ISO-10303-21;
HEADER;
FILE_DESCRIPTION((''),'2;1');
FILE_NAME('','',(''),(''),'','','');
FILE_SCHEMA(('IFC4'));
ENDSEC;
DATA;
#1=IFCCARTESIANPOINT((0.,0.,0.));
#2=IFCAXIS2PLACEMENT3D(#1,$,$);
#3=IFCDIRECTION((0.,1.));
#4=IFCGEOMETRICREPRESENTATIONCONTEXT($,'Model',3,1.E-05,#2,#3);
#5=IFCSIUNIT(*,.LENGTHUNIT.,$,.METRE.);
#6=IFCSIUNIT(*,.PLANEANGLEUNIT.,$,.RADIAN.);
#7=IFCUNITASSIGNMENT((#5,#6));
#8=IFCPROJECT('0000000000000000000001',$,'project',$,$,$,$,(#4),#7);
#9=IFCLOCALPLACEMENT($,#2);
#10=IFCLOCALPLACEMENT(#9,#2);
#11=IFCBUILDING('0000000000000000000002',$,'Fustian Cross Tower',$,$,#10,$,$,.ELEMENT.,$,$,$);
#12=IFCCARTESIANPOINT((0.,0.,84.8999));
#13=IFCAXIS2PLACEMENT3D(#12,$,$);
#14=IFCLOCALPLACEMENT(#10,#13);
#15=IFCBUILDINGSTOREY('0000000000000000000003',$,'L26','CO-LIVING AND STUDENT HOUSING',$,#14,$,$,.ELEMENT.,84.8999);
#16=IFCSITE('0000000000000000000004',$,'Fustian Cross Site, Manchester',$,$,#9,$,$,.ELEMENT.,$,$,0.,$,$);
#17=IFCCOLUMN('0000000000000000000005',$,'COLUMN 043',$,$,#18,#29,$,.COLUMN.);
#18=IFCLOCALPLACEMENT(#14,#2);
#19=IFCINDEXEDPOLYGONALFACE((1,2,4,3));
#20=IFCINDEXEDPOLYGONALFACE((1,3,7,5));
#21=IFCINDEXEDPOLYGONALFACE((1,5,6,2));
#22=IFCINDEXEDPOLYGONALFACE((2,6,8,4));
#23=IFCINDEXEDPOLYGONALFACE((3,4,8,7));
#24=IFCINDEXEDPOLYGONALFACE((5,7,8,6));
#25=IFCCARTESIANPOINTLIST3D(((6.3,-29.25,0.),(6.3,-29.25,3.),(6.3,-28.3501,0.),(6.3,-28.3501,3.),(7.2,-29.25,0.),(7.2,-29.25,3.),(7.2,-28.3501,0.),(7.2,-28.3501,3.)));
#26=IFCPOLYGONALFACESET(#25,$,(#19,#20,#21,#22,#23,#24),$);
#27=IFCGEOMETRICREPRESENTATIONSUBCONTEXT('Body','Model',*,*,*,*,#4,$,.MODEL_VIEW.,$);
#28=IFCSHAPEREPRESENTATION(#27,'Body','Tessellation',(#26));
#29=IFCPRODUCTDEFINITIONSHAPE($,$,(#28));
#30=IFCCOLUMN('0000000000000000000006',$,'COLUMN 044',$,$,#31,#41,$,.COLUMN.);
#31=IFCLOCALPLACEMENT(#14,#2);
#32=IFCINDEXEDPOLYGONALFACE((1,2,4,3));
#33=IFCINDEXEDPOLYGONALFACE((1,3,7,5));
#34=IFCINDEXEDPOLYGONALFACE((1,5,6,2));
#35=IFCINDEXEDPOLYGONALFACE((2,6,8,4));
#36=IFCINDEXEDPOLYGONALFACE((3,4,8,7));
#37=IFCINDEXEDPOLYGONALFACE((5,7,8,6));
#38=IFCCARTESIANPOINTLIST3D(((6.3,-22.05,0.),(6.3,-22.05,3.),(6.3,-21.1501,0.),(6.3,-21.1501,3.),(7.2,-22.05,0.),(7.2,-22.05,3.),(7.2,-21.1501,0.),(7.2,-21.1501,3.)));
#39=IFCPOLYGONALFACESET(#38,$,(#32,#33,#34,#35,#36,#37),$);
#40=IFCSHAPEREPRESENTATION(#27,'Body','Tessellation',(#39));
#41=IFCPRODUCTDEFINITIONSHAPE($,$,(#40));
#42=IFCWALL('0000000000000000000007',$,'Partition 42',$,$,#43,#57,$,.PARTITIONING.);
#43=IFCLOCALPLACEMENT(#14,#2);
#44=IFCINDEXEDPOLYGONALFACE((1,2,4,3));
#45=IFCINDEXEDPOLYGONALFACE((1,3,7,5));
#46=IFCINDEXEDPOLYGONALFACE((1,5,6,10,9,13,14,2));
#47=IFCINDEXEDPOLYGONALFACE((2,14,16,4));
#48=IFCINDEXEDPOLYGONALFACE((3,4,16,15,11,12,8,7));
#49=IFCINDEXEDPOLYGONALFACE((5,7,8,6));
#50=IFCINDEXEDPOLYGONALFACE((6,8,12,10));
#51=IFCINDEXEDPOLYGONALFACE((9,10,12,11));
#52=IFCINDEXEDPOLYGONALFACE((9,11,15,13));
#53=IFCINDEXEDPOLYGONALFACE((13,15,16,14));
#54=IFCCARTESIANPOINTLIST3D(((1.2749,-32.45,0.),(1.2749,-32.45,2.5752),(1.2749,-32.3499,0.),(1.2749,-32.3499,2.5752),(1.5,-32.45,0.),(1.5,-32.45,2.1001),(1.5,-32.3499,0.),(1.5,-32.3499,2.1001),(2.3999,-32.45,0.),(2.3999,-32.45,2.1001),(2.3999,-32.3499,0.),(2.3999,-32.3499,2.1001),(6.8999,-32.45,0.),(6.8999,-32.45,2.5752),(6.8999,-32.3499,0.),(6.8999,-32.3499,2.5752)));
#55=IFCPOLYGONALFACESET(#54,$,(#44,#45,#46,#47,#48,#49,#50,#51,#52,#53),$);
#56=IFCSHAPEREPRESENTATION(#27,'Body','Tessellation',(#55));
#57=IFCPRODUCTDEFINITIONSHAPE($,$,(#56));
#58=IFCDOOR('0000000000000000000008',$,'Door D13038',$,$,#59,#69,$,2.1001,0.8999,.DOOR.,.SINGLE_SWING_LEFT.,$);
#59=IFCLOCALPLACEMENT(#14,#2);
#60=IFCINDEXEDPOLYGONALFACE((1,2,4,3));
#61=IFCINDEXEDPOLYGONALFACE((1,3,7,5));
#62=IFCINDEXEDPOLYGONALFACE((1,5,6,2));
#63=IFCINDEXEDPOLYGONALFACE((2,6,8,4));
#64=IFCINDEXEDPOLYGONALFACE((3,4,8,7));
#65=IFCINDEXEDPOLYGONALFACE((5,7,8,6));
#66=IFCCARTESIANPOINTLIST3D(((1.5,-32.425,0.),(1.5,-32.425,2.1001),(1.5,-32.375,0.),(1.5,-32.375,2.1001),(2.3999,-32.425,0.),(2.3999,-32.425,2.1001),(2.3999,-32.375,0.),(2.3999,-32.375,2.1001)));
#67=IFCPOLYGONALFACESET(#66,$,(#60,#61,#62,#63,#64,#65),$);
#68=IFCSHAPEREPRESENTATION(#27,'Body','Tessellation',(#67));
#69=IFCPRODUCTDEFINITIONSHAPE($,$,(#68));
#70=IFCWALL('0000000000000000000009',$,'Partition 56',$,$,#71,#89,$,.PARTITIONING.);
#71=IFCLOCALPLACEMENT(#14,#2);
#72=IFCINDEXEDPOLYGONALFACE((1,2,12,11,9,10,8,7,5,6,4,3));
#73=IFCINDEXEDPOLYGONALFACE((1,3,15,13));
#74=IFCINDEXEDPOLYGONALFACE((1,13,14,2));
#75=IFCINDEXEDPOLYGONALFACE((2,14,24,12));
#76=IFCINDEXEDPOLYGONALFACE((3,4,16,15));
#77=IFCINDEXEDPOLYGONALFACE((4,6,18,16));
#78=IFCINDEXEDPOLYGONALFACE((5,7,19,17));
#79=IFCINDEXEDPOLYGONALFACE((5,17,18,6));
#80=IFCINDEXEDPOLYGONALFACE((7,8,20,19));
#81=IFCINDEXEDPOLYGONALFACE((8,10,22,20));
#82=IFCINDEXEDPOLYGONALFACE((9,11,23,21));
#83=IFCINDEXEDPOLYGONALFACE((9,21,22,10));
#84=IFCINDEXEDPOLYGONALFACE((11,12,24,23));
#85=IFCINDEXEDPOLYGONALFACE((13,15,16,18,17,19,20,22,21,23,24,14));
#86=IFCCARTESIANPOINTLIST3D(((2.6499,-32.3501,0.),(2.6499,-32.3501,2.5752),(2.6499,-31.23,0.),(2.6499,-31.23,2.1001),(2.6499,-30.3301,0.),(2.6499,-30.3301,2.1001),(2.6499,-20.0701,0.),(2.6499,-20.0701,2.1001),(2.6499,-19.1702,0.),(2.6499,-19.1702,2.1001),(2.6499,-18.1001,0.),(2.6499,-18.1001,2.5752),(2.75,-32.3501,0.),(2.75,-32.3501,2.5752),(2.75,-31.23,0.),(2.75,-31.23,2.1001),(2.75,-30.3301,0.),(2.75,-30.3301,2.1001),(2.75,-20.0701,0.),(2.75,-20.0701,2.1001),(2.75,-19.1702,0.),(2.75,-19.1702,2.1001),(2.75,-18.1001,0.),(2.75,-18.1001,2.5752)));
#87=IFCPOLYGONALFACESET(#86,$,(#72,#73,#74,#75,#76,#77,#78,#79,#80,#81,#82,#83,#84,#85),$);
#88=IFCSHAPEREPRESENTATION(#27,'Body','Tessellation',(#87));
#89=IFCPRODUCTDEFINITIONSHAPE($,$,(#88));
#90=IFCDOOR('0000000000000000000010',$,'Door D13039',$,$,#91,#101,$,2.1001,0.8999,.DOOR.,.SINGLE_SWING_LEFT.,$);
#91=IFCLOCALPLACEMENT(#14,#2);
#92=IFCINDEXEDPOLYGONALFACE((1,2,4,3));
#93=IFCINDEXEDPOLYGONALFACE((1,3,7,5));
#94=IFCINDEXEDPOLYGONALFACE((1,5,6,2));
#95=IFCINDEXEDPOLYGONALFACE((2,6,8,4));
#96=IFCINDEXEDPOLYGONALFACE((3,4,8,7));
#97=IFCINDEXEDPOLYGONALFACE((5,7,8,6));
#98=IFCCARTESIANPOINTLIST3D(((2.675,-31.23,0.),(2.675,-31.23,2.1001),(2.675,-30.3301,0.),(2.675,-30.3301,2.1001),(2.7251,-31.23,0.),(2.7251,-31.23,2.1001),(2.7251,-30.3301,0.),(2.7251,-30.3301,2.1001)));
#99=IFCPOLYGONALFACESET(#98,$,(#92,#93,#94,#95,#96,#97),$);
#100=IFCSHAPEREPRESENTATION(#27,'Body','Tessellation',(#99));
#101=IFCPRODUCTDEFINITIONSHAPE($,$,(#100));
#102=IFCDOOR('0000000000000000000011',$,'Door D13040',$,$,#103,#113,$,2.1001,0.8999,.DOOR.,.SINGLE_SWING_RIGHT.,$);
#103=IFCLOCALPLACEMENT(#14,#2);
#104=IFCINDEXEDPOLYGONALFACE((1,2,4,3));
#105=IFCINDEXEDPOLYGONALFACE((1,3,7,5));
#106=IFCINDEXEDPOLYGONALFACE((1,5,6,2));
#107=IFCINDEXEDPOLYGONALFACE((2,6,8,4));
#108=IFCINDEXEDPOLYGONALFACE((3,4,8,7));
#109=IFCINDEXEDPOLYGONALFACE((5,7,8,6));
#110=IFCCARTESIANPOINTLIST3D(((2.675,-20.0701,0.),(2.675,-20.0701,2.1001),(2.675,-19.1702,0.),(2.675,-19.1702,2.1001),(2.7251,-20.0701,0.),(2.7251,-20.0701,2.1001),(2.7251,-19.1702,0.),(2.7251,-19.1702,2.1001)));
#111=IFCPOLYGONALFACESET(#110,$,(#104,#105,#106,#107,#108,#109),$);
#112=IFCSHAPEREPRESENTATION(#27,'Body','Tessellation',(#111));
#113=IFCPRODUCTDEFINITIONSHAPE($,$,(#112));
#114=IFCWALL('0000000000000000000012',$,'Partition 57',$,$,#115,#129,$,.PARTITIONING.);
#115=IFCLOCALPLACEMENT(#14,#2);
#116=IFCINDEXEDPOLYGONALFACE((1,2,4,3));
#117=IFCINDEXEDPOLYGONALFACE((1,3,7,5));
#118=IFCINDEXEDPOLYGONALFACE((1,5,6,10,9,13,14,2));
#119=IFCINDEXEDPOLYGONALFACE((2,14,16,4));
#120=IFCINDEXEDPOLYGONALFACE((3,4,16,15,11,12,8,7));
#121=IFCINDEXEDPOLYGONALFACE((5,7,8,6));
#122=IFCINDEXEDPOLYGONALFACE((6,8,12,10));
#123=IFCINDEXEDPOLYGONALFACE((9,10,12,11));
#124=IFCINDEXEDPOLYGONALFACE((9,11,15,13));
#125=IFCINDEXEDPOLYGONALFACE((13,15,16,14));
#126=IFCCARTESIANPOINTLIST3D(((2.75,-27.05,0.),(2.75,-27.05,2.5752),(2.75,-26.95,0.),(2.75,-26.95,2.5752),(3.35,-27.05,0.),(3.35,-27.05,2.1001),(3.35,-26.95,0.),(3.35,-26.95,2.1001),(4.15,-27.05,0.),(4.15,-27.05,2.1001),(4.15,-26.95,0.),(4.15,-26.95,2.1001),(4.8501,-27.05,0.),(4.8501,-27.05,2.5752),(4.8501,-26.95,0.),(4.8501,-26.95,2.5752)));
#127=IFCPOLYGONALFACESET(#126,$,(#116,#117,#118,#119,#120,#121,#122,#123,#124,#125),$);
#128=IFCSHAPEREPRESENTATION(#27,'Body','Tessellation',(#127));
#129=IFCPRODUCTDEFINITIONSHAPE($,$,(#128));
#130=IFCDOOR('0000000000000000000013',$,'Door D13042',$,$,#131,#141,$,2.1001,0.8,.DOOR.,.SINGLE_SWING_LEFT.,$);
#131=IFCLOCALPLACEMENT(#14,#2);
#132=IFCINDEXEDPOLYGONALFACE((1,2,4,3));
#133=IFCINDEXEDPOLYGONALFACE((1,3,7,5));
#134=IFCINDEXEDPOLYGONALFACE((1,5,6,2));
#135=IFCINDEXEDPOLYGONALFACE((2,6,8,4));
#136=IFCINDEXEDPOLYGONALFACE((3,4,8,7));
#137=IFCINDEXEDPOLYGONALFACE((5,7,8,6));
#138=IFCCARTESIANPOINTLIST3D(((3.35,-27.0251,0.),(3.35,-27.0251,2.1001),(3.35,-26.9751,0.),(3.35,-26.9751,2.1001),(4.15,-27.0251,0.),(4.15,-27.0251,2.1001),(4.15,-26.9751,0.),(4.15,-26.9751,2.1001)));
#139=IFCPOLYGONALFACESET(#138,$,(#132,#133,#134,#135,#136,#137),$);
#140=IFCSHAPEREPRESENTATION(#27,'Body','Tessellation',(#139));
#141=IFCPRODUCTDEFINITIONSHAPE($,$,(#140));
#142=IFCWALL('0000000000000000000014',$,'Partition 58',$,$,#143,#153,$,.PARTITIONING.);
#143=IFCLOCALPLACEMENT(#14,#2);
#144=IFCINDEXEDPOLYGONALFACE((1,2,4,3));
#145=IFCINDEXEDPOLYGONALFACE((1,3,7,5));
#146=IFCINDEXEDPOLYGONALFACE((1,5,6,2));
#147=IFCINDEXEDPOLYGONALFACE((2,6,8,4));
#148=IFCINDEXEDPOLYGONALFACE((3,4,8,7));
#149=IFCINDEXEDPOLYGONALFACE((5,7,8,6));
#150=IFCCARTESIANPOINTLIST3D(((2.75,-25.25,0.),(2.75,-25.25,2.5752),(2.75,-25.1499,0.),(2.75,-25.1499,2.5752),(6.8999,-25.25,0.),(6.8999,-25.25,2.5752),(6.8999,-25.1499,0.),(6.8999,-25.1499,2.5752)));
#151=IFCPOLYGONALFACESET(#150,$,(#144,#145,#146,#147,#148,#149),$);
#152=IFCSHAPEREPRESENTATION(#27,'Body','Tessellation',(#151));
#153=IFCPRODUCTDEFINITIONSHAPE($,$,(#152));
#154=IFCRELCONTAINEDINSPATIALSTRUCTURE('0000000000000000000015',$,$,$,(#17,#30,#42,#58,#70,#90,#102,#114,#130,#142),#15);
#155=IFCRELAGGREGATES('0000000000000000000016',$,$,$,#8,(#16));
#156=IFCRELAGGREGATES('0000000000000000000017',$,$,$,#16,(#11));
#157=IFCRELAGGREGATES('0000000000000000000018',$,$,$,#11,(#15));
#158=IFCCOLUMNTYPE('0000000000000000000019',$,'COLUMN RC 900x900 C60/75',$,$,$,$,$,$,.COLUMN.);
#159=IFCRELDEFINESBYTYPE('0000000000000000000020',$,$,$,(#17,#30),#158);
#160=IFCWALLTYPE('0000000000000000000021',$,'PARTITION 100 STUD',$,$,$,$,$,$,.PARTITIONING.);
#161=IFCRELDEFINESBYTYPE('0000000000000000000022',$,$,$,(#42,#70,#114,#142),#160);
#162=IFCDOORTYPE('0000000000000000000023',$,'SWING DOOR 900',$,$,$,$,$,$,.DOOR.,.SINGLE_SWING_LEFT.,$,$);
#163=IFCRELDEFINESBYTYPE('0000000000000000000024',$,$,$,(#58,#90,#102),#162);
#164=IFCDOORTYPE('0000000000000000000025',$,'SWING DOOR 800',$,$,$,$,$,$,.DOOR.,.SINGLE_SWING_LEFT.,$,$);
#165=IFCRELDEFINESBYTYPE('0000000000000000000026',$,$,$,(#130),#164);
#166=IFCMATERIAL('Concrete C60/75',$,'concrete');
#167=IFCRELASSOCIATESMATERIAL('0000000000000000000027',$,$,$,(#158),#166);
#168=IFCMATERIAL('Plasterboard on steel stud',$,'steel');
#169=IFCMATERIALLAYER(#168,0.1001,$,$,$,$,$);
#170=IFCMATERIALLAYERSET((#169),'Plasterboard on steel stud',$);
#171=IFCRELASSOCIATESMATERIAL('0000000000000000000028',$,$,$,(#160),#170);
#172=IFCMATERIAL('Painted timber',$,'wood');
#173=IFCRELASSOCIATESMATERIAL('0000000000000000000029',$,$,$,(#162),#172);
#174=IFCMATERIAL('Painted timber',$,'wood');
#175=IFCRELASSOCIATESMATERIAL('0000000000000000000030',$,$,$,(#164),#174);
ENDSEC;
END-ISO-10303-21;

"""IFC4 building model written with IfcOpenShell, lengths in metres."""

from ifc_helpers import new_model, si_unit, direction, frame, frame_2d, origin, origin_2d, place, context, subcontext, project, spatial, rectangle, extrude, material, layer, layer_set, material_profile, profile_set, type_object, element, fill, save


model = new_model("IFC4")

# Units and contexts
model_context = context("Model", 3, precision=1e-05, world=origin(), true_north=direction((0.0, 1.0)))
body_context = subcontext(model_context, "Body", "Model", "MODEL_VIEW")
ifc_project = project(units=[si_unit("LENGTHUNIT", "METRE"), si_unit("PLANEANGLEUNIT", "RADIAN")], contexts=[model_context])

# Site, building, storey
site_placement = place(None, origin())
site = spatial("IfcSite", under=ifc_project, at=site_placement, Name="Fustian Cross Site, Manchester", CompositionType="ELEMENT", RefElevation=0.0)
building_placement = place(site_placement, origin())
building = spatial("IfcBuilding", under=site, at=building_placement, Name="Fustian Cross Tower", CompositionType="ELEMENT")
storey_placement = place(building_placement, frame((0.0, 0.0, 84.8999)))
storey = spatial("IfcBuildingStorey", under=building, at=storey_placement, Name="L26", Description="CO-LIVING AND STUDENT HOUSING", CompositionType="ELEMENT", Elevation=84.8999)

# Columns
ifc_material_1 = material(Name="Concrete C60/75", Category="concrete")
ifc_material_profile = material_profile(ifc_material_1, rectangle(XDim=0.8999, YDim=0.8999, at=origin_2d()), Name="RC 900x900")
ifc_profile_set = profile_set([ifc_material_profile], Name="Concrete C60/75")
column_type = type_object("IfcColumnType", Name="COLUMN RC 900x900 C60/75", PredefinedType="COLUMN", material=ifc_profile_set)
for number, where, z_axis, x_axis, name in (
    (1, (6.75, -28.8, 0.0), (0.0, 0.0, 1.0), (1.0, 0.0, 0.0), "COLUMN 043"),
    (2, (6.75, -21.6001, 0.0), (0.0, 0.0, 1.0), (1.0, 0.0, 0.0), "COLUMN 044"),
):
    element("IfcColumn", number, at=place(storey_placement, frame(where, z_axis=z_axis, x_axis=x_axis)), inside=storey, type_object=column_type, Name=name, PredefinedType="COLUMN", context=body_context, shape_type="SweptSolid", body=[
        extrude(rectangle(XDim=0.8999, YDim=0.8999, at=origin_2d()), origin(), (0.0, 0.0, 1.0), 3.0),
    ])

# Wall, opening, door
ifc_material_2 = material(Name="Plasterboard on steel stud", Category="steel")
ifc_layer = layer(ifc_material_2, 0.1001)
ifc_layer_set = layer_set([ifc_layer], Name="Plasterboard on steel stud")
wall_type = type_object("IfcWallType", Name="PARTITION 100 STUD", PredefinedType="PARTITIONING", material=ifc_layer_set)
wall_1_placement = place(storey_placement, frame((1.2749, -32.3999, 0.0), z_axis=(0.0, 0.0, 1.0), x_axis=(1.0, 0.0, 0.0)))
wall_1 = element("IfcWall", 3, at=wall_1_placement, inside=storey, type_object=wall_type, Name="Partition 42", PredefinedType="PARTITIONING", context=body_context, shape_type="SweptSolid", body=[
    extrude(rectangle(XDim=5.625, YDim=0.1001, at=frame_2d((2.8125, 0.0))), origin(), (0.0, 0.0, 1.0), 2.5752),
])
opening_1_placement = place(wall_1_placement, frame((0.2251, 0.0, 0.0)))
opening_1 = element("IfcOpeningElement", 4, at=opening_1_placement, cuts=wall_1, PredefinedType="OPENING", context=body_context, shape_type="SweptSolid", body=[
    extrude(rectangle(XDim=0.8999, YDim=2.1001, at=frame_2d((0.45, 1.05))), frame((0.0, 0.0601, 0.0), z_axis=(0.0, -1.0, 0.0), x_axis=(1.0, 0.0, 0.0)), (0.0, 0.0, 1.0), 0.1201),
])
ifc_material_3 = material(Name="Painted timber", Category="wood")
door_type_1 = type_object("IfcDoorType", Name="SWING DOOR 900", OperationType="SINGLE_SWING_LEFT", PredefinedType="DOOR", material=ifc_material_3)
door_1_placement = place(opening_1_placement, origin())
door_1 = element("IfcDoor", 5, at=door_1_placement, inside=storey, type_object=door_type_1, Name="Door D13038", OperationType="SINGLE_SWING_LEFT", OverallHeight=2.1001, OverallWidth=0.8999, PredefinedType="DOOR", context=body_context, shape_type="SweptSolid", body=[
    extrude(rectangle(XDim=0.8999, YDim=2.1001, at=frame_2d((0.45, 1.05))), frame((0.0, 0.0249, 0.0), z_axis=(0.0, -1.0, 0.0), x_axis=(1.0, 0.0, 0.0)), (0.0, 0.0, 1.0), 0.05),
])
fill(opening_1, door_1)

# Wall, openings, doors
wall_2_placement = place(storey_placement, frame((2.7, -32.3501, 0.0), z_axis=(0.0, 0.0, 1.0), x_axis=(0.0, 1.0, 0.0)))
wall_2 = element("IfcWall", 6, at=wall_2_placement, inside=storey, type_object=wall_type, Name="Partition 56", PredefinedType="PARTITIONING", context=body_context, shape_type="SweptSolid", body=[
    extrude(rectangle(XDim=14.25, YDim=0.1001, at=frame_2d((7.125, 0.0))), origin(), (0.0, 0.0, 1.0), 2.5752),
])
opening_2_placement = place(wall_2_placement, frame((1.1201, 0.0, 0.0)))
opening_2 = element("IfcOpeningElement", 7, at=opening_2_placement, cuts=wall_2, PredefinedType="OPENING", context=body_context, shape_type="SweptSolid", body=[
    extrude(rectangle(XDim=0.8999, YDim=2.1001, at=frame_2d((0.45, 1.05))), frame((0.0, 0.0601, 0.0), z_axis=(0.0, -1.0, 0.0), x_axis=(1.0, 0.0, 0.0)), (0.0, 0.0, 1.0), 0.1201),
])
opening_3_placement = place(wall_2_placement, frame((12.28, 0.0, 0.0)))
opening_3 = element("IfcOpeningElement", 8, at=opening_3_placement, cuts=wall_2, PredefinedType="OPENING", context=body_context, shape_type="SweptSolid", body=[
    extrude(rectangle(XDim=0.8999, YDim=2.1001, at=frame_2d((0.45, 1.05))), frame((0.0, 0.0601, 0.0), z_axis=(0.0, -1.0, 0.0), x_axis=(1.0, 0.0, 0.0)), (0.0, 0.0, 1.0), 0.1201),
])
door_2_placement = place(opening_2_placement, origin())
door_2 = element("IfcDoor", 9, at=door_2_placement, inside=storey, type_object=door_type_1, Name="Door D13039", OperationType="SINGLE_SWING_LEFT", OverallHeight=2.1001, OverallWidth=0.8999, PredefinedType="DOOR", context=body_context, shape_type="SweptSolid", body=[
    extrude(rectangle(XDim=0.8999, YDim=2.1001, at=frame_2d((0.45, 1.05))), frame((0.0, 0.0249, 0.0), z_axis=(0.0, -1.0, 0.0), x_axis=(1.0, 0.0, 0.0)), (0.0, 0.0, 1.0), 0.05),
])
fill(opening_2, door_2)
door_3_placement = place(opening_3_placement, origin())
door_3 = element("IfcDoor", 10, at=door_3_placement, inside=storey, type_object=door_type_1, Name="Door D13040", OperationType="SINGLE_SWING_RIGHT", OverallHeight=2.1001, OverallWidth=0.8999, PredefinedType="DOOR", context=body_context, shape_type="SweptSolid", body=[
    extrude(rectangle(XDim=0.8999, YDim=2.1001, at=frame_2d((0.45, 1.05))), frame((0.0, 0.0249, 0.0), z_axis=(0.0, -1.0, 0.0), x_axis=(1.0, 0.0, 0.0)), (0.0, 0.0, 1.0), 0.05),
])
fill(opening_3, door_3)

# Wall, opening, door
wall_3_placement = place(storey_placement, frame((2.75, -27.0, 0.0), z_axis=(0.0, 0.0, 1.0), x_axis=(1.0, 0.0, 0.0)))
wall_3 = element("IfcWall", 11, at=wall_3_placement, inside=storey, type_object=wall_type, Name="Partition 57", PredefinedType="PARTITIONING", context=body_context, shape_type="SweptSolid", body=[
    extrude(rectangle(XDim=2.1001, YDim=0.1001, at=frame_2d((1.05, 0.0))), origin(), (0.0, 0.0, 1.0), 2.5752),
])
opening_4_placement = place(wall_3_placement, frame((0.6001, 0.0, 0.0)))
opening_4 = element("IfcOpeningElement", 12, at=opening_4_placement, cuts=wall_3, PredefinedType="OPENING", context=body_context, shape_type="SweptSolid", body=[
    extrude(rectangle(XDim=0.8, YDim=2.1001, at=frame_2d((0.3999, 1.05))), frame((0.0, 0.0601, 0.0), z_axis=(0.0, -1.0, 0.0), x_axis=(1.0, 0.0, 0.0)), (0.0, 0.0, 1.0), 0.1201),
])
ifc_material_4 = material(Name="Painted timber", Category="wood")
door_type_2 = type_object("IfcDoorType", Name="SWING DOOR 800", OperationType="SINGLE_SWING_LEFT", PredefinedType="DOOR", material=ifc_material_4)
door_4_placement = place(opening_4_placement, origin())
door_4 = element("IfcDoor", 13, at=door_4_placement, inside=storey, type_object=door_type_2, Name="Door D13042", OperationType="SINGLE_SWING_LEFT", OverallHeight=2.1001, OverallWidth=0.8, PredefinedType="DOOR", context=body_context, shape_type="SweptSolid", body=[
    extrude(rectangle(XDim=0.8, YDim=2.1001, at=frame_2d((0.3999, 1.05))), frame((0.0, 0.0249, 0.0), z_axis=(0.0, -1.0, 0.0), x_axis=(1.0, 0.0, 0.0)), (0.0, 0.0, 1.0), 0.05),
])
fill(opening_4, door_4)

# Wall
wall_4_placement = place(storey_placement, frame((2.75, -25.2, 0.0), z_axis=(0.0, 0.0, 1.0), x_axis=(1.0, 0.0, 0.0)))
element("IfcWall", 14, at=wall_4_placement, inside=storey, type_object=wall_type, Name="Partition 58", PredefinedType="PARTITIONING", context=body_context, shape_type="SweptSolid", body=[
    extrude(rectangle(XDim=4.1499, YDim=0.1001, at=frame_2d((2.075, 0.0))), origin(), (0.0, 0.0, 1.0), 2.5752),
])

save(model, "model.ifc")
